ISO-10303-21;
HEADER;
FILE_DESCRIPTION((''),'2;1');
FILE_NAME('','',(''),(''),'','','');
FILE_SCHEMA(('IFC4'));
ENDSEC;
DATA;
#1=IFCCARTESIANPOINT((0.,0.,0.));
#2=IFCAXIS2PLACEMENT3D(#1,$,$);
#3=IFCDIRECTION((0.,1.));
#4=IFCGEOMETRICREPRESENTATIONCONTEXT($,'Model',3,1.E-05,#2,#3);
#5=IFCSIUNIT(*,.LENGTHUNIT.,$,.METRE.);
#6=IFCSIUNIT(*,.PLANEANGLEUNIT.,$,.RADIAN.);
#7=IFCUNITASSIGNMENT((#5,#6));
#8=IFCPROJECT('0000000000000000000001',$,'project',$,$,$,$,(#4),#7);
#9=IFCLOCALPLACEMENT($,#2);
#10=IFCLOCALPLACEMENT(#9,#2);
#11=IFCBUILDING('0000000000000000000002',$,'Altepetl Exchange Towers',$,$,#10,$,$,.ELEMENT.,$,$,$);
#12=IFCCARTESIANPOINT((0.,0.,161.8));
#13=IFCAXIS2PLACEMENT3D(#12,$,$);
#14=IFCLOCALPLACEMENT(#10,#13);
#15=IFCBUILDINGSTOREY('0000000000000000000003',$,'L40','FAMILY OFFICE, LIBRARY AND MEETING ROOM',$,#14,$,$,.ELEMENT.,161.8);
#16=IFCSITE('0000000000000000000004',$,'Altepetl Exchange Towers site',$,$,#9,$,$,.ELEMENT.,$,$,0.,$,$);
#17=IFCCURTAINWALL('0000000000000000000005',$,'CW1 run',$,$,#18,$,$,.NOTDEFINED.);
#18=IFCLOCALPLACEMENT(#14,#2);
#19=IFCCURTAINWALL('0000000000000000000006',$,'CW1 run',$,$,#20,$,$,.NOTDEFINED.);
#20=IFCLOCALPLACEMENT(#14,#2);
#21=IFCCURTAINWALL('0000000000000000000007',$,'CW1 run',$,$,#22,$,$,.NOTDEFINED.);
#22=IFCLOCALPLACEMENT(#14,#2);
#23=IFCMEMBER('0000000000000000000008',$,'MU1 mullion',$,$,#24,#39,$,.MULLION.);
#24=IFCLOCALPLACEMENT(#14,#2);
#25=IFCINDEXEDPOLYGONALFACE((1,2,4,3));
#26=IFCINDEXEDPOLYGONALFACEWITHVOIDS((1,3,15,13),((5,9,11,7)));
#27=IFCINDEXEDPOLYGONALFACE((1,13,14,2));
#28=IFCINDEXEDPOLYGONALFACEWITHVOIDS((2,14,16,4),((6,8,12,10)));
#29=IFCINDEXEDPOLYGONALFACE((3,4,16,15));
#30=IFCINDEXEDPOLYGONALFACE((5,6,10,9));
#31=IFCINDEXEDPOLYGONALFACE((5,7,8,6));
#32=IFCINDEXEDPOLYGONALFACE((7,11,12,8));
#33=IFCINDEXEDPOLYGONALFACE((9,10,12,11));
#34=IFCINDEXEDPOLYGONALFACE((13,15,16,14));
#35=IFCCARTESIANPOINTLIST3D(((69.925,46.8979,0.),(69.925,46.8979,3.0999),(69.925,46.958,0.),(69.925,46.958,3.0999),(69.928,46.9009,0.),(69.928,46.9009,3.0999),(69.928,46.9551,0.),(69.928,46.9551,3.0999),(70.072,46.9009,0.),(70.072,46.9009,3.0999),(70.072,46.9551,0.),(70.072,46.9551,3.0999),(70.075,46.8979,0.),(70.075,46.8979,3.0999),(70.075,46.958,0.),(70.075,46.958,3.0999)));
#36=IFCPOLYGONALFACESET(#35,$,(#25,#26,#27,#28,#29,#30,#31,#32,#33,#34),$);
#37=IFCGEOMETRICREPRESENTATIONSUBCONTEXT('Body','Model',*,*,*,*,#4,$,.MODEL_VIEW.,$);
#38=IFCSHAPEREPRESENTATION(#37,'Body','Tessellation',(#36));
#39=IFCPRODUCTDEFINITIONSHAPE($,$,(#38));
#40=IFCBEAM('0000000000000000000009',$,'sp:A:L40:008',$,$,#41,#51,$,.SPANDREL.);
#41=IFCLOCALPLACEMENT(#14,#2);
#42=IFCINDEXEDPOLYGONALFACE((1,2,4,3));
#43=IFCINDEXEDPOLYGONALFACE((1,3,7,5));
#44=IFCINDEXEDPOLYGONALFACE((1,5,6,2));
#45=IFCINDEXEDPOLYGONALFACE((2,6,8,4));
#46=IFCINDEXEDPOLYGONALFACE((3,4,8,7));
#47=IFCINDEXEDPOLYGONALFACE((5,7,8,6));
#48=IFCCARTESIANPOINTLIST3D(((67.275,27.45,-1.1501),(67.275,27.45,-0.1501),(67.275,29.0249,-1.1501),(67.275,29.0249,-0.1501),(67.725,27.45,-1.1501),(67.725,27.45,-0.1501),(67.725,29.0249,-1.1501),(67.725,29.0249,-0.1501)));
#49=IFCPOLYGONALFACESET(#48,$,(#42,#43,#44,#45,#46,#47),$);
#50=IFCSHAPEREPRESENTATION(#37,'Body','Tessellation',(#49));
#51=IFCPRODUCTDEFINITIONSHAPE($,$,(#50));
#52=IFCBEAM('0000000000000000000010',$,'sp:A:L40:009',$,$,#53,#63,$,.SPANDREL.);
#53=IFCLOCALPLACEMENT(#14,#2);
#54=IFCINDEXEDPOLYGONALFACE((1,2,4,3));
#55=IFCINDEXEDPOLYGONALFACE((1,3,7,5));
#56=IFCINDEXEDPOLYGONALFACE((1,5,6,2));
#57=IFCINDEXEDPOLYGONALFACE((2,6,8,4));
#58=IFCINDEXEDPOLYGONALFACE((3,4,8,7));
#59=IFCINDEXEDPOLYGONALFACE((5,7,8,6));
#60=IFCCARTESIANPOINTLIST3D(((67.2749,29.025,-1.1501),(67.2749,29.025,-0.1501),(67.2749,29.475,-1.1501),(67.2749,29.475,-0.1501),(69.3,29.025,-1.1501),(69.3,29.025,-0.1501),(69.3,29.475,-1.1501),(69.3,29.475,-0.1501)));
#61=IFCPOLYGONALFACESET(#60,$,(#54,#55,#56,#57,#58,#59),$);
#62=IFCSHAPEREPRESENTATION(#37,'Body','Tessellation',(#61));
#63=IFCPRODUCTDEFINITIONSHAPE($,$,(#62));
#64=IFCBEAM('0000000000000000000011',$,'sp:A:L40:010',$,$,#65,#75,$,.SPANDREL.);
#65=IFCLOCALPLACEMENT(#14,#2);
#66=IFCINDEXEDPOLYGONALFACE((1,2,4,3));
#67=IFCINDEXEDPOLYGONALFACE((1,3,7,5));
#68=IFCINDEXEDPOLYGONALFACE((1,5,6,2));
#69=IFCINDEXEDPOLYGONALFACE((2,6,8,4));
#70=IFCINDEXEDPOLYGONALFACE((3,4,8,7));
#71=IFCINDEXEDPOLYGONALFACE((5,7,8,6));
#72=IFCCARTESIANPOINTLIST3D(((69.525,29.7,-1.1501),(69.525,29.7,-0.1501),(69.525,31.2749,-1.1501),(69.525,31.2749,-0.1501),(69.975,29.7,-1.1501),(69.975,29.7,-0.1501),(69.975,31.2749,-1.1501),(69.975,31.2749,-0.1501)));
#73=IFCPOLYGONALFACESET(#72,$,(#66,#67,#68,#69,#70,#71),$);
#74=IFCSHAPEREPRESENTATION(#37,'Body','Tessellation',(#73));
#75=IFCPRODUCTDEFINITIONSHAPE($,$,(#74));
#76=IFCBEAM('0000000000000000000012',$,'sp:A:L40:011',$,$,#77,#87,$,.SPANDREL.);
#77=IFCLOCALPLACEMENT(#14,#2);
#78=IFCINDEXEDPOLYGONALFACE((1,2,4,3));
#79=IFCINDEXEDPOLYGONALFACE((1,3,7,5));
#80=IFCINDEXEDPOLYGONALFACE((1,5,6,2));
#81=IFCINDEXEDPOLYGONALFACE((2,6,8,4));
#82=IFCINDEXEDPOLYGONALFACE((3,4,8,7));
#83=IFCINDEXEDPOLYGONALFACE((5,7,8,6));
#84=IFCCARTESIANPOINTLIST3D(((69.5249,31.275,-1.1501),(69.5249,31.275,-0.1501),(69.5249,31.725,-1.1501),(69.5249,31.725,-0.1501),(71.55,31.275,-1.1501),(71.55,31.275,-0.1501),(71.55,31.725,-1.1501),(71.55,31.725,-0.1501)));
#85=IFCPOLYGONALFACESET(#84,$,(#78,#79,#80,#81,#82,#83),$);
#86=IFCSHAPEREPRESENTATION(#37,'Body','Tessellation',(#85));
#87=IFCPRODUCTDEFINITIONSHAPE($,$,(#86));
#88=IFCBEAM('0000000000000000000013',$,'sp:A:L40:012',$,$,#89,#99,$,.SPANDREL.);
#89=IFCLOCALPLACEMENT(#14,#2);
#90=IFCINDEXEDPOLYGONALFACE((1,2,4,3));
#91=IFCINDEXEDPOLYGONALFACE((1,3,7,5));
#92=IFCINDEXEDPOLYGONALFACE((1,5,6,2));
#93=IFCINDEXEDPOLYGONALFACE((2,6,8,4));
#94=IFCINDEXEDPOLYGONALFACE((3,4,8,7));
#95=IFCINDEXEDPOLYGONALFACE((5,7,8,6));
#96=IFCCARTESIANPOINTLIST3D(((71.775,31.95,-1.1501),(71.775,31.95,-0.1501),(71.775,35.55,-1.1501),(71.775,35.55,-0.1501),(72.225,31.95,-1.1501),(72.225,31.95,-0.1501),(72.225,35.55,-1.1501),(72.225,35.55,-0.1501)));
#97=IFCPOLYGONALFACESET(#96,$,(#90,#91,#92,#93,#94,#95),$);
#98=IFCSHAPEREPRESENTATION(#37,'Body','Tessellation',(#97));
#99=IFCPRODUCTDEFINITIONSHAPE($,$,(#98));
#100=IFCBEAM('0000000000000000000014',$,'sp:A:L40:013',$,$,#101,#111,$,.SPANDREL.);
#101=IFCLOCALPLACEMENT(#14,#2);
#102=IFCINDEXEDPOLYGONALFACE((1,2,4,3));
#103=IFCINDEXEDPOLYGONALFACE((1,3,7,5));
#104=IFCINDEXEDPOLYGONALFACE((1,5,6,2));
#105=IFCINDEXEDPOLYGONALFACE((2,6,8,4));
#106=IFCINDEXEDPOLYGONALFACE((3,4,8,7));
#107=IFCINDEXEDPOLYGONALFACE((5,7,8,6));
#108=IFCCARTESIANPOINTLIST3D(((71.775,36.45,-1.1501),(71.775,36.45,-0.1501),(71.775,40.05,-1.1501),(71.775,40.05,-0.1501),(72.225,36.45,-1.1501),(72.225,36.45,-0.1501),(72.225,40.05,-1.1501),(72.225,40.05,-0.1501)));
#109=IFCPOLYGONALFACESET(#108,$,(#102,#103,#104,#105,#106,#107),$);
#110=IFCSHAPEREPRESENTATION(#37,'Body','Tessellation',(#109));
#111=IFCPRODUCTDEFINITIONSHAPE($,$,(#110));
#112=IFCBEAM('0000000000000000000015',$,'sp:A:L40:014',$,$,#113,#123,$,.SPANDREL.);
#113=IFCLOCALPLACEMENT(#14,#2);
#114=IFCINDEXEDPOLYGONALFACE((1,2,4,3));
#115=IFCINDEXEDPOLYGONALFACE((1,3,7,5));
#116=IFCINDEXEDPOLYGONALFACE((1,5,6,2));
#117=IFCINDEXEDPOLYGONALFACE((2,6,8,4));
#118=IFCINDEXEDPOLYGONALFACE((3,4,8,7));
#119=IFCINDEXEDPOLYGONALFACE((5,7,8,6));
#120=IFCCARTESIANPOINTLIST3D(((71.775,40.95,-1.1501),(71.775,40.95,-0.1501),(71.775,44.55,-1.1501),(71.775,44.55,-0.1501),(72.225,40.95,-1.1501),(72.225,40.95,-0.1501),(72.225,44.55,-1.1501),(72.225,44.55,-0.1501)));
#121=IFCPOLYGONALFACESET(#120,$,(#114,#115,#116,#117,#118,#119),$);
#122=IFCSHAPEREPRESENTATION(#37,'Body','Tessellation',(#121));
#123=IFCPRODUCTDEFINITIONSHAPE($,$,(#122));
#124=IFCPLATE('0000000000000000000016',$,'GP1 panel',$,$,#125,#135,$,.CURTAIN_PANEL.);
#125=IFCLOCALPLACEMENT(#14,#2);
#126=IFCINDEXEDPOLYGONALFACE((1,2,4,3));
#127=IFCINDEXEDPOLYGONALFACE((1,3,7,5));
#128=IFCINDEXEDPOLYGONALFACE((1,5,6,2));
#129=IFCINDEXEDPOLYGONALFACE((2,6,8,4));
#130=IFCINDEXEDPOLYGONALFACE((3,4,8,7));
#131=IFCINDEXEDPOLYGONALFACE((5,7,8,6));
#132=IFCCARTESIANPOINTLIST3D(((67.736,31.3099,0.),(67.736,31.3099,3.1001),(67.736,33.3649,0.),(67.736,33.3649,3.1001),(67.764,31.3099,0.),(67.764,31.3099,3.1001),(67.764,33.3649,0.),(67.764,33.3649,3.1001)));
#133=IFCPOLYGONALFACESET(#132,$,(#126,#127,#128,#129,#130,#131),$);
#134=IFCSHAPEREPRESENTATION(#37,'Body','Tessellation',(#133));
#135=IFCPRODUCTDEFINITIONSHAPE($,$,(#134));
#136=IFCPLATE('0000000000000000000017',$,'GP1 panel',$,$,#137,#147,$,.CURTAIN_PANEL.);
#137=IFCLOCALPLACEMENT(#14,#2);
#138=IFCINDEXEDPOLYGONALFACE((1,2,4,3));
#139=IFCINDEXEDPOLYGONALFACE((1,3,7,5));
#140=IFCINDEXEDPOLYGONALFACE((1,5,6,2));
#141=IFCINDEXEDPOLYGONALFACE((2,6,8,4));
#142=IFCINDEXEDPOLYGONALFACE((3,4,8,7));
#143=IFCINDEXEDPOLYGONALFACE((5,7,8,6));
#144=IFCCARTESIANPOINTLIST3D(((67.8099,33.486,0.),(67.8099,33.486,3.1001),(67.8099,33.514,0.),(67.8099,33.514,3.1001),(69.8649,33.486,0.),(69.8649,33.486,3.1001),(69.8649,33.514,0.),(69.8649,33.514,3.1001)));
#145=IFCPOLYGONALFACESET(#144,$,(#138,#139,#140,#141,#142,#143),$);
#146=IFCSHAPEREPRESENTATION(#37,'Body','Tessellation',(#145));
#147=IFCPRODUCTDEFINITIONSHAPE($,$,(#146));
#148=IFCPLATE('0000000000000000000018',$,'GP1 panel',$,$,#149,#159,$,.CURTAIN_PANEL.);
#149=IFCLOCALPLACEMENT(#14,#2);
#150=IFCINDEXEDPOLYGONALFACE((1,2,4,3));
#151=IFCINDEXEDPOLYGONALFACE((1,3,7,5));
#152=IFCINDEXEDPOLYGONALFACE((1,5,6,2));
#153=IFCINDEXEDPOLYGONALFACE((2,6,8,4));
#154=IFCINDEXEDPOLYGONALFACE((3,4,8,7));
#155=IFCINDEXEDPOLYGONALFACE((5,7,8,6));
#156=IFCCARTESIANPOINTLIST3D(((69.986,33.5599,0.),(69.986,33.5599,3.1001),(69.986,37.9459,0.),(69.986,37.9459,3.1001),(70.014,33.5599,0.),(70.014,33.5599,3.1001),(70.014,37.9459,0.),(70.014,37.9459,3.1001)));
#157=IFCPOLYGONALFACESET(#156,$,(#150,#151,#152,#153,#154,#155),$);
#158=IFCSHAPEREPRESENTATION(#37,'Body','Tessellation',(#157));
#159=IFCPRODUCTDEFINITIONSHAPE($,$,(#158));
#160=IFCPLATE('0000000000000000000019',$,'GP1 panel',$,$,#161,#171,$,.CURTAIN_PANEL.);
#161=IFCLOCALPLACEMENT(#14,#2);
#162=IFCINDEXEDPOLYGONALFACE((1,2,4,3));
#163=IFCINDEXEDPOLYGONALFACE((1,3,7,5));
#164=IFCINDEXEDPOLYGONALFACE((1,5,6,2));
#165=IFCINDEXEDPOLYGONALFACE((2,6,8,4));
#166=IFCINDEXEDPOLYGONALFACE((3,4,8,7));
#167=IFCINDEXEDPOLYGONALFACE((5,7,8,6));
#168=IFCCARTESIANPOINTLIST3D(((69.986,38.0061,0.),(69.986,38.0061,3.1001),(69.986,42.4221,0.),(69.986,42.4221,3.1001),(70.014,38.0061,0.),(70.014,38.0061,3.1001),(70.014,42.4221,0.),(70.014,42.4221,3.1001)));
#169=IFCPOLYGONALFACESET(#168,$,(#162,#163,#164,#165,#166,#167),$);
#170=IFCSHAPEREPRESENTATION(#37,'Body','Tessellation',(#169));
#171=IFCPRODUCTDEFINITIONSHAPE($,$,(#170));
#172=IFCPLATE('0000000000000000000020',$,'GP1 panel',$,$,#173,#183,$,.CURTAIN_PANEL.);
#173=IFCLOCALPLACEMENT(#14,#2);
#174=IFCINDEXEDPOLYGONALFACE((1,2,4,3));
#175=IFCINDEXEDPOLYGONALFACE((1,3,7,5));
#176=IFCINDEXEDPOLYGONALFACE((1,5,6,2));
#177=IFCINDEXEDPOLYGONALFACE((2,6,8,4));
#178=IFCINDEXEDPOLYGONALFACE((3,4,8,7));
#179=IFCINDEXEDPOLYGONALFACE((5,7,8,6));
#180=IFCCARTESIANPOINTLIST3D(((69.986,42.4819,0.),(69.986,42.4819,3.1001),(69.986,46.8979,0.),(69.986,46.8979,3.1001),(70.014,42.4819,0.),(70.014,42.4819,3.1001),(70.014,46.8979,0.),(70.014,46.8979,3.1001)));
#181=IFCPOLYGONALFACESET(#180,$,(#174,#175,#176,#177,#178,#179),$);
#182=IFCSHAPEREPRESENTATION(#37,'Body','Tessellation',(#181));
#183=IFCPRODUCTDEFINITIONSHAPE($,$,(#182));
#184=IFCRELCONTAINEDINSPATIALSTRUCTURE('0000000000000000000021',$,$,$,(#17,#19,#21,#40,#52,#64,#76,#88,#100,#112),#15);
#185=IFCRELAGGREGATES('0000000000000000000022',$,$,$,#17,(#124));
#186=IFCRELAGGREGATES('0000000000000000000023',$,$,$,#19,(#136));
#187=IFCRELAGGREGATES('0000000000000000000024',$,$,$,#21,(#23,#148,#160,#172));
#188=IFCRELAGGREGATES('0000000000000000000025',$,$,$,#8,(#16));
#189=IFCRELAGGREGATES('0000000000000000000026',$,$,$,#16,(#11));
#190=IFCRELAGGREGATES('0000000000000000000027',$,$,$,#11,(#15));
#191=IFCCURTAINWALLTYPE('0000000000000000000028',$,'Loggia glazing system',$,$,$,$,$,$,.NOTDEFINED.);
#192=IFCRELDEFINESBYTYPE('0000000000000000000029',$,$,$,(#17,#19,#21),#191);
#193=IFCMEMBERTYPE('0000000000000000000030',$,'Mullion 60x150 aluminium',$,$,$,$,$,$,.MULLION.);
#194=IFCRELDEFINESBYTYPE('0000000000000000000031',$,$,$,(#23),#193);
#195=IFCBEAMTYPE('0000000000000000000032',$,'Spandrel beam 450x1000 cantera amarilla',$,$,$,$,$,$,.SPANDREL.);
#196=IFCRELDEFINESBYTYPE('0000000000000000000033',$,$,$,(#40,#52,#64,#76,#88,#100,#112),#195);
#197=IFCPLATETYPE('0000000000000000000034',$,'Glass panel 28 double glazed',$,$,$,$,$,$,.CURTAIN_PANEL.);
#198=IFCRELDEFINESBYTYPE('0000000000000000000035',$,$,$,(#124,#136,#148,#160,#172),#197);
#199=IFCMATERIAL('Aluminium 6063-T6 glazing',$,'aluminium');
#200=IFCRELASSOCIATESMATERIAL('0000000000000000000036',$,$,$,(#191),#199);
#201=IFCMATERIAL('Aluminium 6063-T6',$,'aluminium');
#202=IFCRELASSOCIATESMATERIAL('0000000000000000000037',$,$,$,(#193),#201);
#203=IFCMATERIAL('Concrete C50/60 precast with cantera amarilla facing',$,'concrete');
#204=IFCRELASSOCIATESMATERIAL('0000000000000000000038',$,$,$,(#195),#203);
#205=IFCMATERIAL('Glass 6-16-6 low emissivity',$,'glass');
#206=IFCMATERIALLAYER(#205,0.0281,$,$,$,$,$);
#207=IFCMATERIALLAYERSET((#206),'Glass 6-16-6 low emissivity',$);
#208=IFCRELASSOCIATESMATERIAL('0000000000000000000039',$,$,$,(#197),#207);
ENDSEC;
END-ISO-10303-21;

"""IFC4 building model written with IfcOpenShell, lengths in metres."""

from ifc_helpers import new_model, si_unit, direction, frame, origin, origin_2d, place, context, subcontext, project, spatial, rectangle, hollow_rectangle, extrude, material, layer, layer_set, material_profile, profile_set, type_object, element, aggregate, save


model = new_model("IFC4")

# Units and contexts
model_context = context("Model", 3, precision=1e-05, world=origin(), true_north=direction((0.0, 1.0)))
body_context = subcontext(model_context, "Body", "Model", "MODEL_VIEW")
ifc_project = project(units=[si_unit("LENGTHUNIT", "METRE"), si_unit("PLANEANGLEUNIT", "RADIAN")], contexts=[model_context])

# Site, building, storey
site_placement = place(None, origin())
site = spatial("IfcSite", under=ifc_project, at=site_placement, Name="Altepetl Exchange Towers site", CompositionType="ELEMENT", RefElevation=0.0)
building_placement = place(site_placement, origin())
building = spatial("IfcBuilding", under=site, at=building_placement, Name="Altepetl Exchange Towers", CompositionType="ELEMENT")
storey_placement = place(building_placement, frame((0.0, 0.0, 161.8)))
storey = spatial("IfcBuildingStorey", under=building, at=storey_placement, Name="L40", Description="FAMILY OFFICE, LIBRARY AND MEETING ROOM", CompositionType="ELEMENT", Elevation=161.8)

# Shared definitions
ifc_material_1 = material(Name="Aluminium 6063-T6 glazing", Category="aluminium")
curtain_wall_type = type_object("IfcCurtainWallType", Name="Loggia glazing system", PredefinedType="NOTDEFINED", material=ifc_material_1)
ifc_material_2 = material(Name="Aluminium 6063-T6", Category="aluminium")
ifc_material_profile_1 = material_profile(ifc_material_2, hollow_rectangle(XDim=0.0601, YDim=0.1499, WallThickness=0.0029, at=origin_2d()), Name="Mullion 60x150 aluminium")
ifc_profile_set_1 = profile_set([ifc_material_profile_1], Name="Aluminium 6063-T6")
member_type = type_object("IfcMemberType", Name="Mullion 60x150 aluminium", PredefinedType="MULLION", material=ifc_profile_set_1)

# Curtain walls, member
curtain_wall_1_placement = place(storey_placement, origin())
curtain_wall_1 = element("IfcCurtainWall", 1, at=curtain_wall_1_placement, inside=storey, type_object=curtain_wall_type, Name="CW1 run", PredefinedType="NOTDEFINED")
curtain_wall_2_placement = place(storey_placement, origin())
curtain_wall_2 = element("IfcCurtainWall", 2, at=curtain_wall_2_placement, inside=storey, type_object=curtain_wall_type, Name="CW1 run", PredefinedType="NOTDEFINED")
curtain_wall_3_placement = place(storey_placement, origin())
curtain_wall_3 = element("IfcCurtainWall", 3, at=curtain_wall_3_placement, inside=storey, type_object=curtain_wall_type, Name="CW1 run", PredefinedType="NOTDEFINED")
member_1_placement = place(storey_placement, frame((70.0, 46.928, 0.0), z_axis=(0.0, 0.0, 1.0), x_axis=(0.0, 1.0, 0.0)))
member_1 = element("IfcMember", 4, at=member_1_placement, type_object=member_type, Name="MU1 mullion", PredefinedType="MULLION", context=body_context, shape_type="SweptSolid", body=[
    extrude(hollow_rectangle(XDim=0.0601, YDim=0.1499, WallThickness=0.0029, at=origin_2d()), origin(), (0.0, 0.0, 1.0), 3.0999),
])

# Beams
ifc_material_3 = material(Name="Concrete C50/60 precast with cantera amarilla facing", Category="concrete")
ifc_material_profile_2 = material_profile(ifc_material_3, rectangle(XDim=0.45, YDim=1.0, at=origin_2d()), Name="450 x 1000")
ifc_profile_set_2 = profile_set([ifc_material_profile_2], Name="Concrete C50/60 precast with cantera amarilla facing")
beam_type = type_object("IfcBeamType", Name="Spandrel beam 450x1000 cantera amarilla", PredefinedType="SPANDREL", material=ifc_profile_set_2)
beam_1_placement = place(storey_placement, frame((67.5, 27.45, -0.6501), z_axis=(0.0, 1.0, 0.0), x_axis=(-1.0, 0.0, 0.0)))
element("IfcBeam", 5, at=beam_1_placement, inside=storey, type_object=beam_type, Name="sp:A:L40:008", PredefinedType="SPANDREL", context=body_context, shape_type="SweptSolid", body=[
    extrude(rectangle(XDim=0.45, YDim=1.0, at=origin_2d()), origin(), (0.0, 0.0, 1.0), 1.575),
])
beam_2_placement = place(storey_placement, frame((67.2749, 29.25, -0.6501), z_axis=(1.0, 0.0, 0.0), x_axis=(0.0, 1.0, 0.0)))
element("IfcBeam", 6, at=beam_2_placement, inside=storey, type_object=beam_type, Name="sp:A:L40:009", PredefinedType="SPANDREL", context=body_context, shape_type="SweptSolid", body=[
    extrude(rectangle(XDim=0.45, YDim=1.0, at=origin_2d()), origin(), (0.0, 0.0, 1.0), 2.0251),
])
beam_3_placement = place(storey_placement, frame((69.75, 29.7, -0.6501), z_axis=(0.0, 1.0, 0.0), x_axis=(-1.0, 0.0, 0.0)))
element("IfcBeam", 7, at=beam_3_placement, inside=storey, type_object=beam_type, Name="sp:A:L40:010", PredefinedType="SPANDREL", context=body_context, shape_type="SweptSolid", body=[
    extrude(rectangle(XDim=0.45, YDim=1.0, at=origin_2d()), origin(), (0.0, 0.0, 1.0), 1.575),
])
beam_4_placement = place(storey_placement, frame((69.5249, 31.5, -0.6501), z_axis=(1.0, 0.0, 0.0), x_axis=(0.0, 1.0, 0.0)))
element("IfcBeam", 8, at=beam_4_placement, inside=storey, type_object=beam_type, Name="sp:A:L40:011", PredefinedType="SPANDREL", context=body_context, shape_type="SweptSolid", body=[
    extrude(rectangle(XDim=0.45, YDim=1.0, at=origin_2d()), origin(), (0.0, 0.0, 1.0), 2.0251),
])
for number, where, z_axis, x_axis, name in (
    (9, (72.0, 31.95, -0.6501), (0.0, 1.0, 0.0), (-1.0, 0.0, 0.0), "sp:A:L40:012"),
    (10, (72.0, 36.45, -0.6501), (0.0, 1.0, 0.0), (-1.0, 0.0, 0.0), "sp:A:L40:013"),
    (11, (72.0, 40.95, -0.6501), (0.0, 1.0, 0.0), (-1.0, 0.0, 0.0), "sp:A:L40:014"),
):
    element("IfcBeam", number, at=place(storey_placement, frame(where, z_axis=z_axis, x_axis=x_axis)), inside=storey, type_object=beam_type, Name=name, PredefinedType="SPANDREL", context=body_context, shape_type="SweptSolid", body=[
        extrude(rectangle(XDim=0.45, YDim=1.0, at=origin_2d()), origin(), (0.0, 0.0, 1.0), 3.6001),
    ])

# Plates
ifc_material_4 = material(Name="Glass 6-16-6 low emissivity", Category="glass")
ifc_layer = layer(ifc_material_4, 0.0281)
ifc_layer_set = layer_set([ifc_layer], Name="Glass 6-16-6 low emissivity")
plate_type = type_object("IfcPlateType", Name="Glass panel 28 double glazed", PredefinedType="CURTAIN_PANEL", material=ifc_layer_set)
plate_1_placement = place(storey_placement, frame((67.75, 32.3374, 0.0), z_axis=(0.0, 0.0, 1.0), x_axis=(0.0, 1.0, 0.0)))
plate_1 = element("IfcPlate", 12, at=plate_1_placement, type_object=plate_type, Name="GP1 panel", PredefinedType="CURTAIN_PANEL", context=body_context, shape_type="SweptSolid", body=[
    extrude(rectangle(XDim=2.0549, YDim=0.0281, at=origin_2d()), origin(), (0.0, 0.0, 1.0), 3.1001),
])
aggregate(curtain_wall_1, [plate_1])
plate_2_placement = place(storey_placement, frame((68.8374, 33.5, 0.0)))
plate_2 = element("IfcPlate", 13, at=plate_2_placement, type_object=plate_type, Name="GP1 panel", PredefinedType="CURTAIN_PANEL", context=body_context, shape_type="SweptSolid", body=[
    extrude(rectangle(XDim=2.0549, YDim=0.0281, at=origin_2d()), origin(), (0.0, 0.0, 1.0), 3.1001),
])
aggregate(curtain_wall_2, [plate_2])
plate_3_placement = place(storey_placement, frame((70.0, 35.7529, 0.0), z_axis=(0.0, 0.0, 1.0), x_axis=(0.0, 1.0, 0.0)))
plate_3 = element("IfcPlate", 14, at=plate_3_placement, type_object=plate_type, Name="GP1 panel", PredefinedType="CURTAIN_PANEL", context=body_context, shape_type="SweptSolid", body=[
    extrude(rectangle(XDim=4.386, YDim=0.0281, at=origin_2d()), origin(), (0.0, 0.0, 1.0), 3.1001),
])
plate_4_placement = place(storey_placement, frame((70.0, 40.2141, 0.0), z_axis=(0.0, 0.0, 1.0), x_axis=(0.0, 1.0, 0.0)))
plate_4 = element("IfcPlate", 15, at=plate_4_placement, type_object=plate_type, Name="GP1 panel", PredefinedType="CURTAIN_PANEL", context=body_context, shape_type="SweptSolid", body=[
    extrude(rectangle(XDim=4.416, YDim=0.0281, at=origin_2d()), origin(), (0.0, 0.0, 1.0), 3.1001),
])
plate_5_placement = place(storey_placement, frame((70.0, 44.6899, 0.0), z_axis=(0.0, 0.0, 1.0), x_axis=(0.0, 1.0, 0.0)))
plate_5 = element("IfcPlate", 16, at=plate_5_placement, type_object=plate_type, Name="GP1 panel", PredefinedType="CURTAIN_PANEL", context=body_context, shape_type="SweptSolid", body=[
    extrude(rectangle(XDim=4.416, YDim=0.0281, at=origin_2d()), origin(), (0.0, 0.0, 1.0), 3.1001),
])
aggregate(curtain_wall_3, [member_1, plate_3, plate_4, plate_5])

save(model, "model.ifc")
